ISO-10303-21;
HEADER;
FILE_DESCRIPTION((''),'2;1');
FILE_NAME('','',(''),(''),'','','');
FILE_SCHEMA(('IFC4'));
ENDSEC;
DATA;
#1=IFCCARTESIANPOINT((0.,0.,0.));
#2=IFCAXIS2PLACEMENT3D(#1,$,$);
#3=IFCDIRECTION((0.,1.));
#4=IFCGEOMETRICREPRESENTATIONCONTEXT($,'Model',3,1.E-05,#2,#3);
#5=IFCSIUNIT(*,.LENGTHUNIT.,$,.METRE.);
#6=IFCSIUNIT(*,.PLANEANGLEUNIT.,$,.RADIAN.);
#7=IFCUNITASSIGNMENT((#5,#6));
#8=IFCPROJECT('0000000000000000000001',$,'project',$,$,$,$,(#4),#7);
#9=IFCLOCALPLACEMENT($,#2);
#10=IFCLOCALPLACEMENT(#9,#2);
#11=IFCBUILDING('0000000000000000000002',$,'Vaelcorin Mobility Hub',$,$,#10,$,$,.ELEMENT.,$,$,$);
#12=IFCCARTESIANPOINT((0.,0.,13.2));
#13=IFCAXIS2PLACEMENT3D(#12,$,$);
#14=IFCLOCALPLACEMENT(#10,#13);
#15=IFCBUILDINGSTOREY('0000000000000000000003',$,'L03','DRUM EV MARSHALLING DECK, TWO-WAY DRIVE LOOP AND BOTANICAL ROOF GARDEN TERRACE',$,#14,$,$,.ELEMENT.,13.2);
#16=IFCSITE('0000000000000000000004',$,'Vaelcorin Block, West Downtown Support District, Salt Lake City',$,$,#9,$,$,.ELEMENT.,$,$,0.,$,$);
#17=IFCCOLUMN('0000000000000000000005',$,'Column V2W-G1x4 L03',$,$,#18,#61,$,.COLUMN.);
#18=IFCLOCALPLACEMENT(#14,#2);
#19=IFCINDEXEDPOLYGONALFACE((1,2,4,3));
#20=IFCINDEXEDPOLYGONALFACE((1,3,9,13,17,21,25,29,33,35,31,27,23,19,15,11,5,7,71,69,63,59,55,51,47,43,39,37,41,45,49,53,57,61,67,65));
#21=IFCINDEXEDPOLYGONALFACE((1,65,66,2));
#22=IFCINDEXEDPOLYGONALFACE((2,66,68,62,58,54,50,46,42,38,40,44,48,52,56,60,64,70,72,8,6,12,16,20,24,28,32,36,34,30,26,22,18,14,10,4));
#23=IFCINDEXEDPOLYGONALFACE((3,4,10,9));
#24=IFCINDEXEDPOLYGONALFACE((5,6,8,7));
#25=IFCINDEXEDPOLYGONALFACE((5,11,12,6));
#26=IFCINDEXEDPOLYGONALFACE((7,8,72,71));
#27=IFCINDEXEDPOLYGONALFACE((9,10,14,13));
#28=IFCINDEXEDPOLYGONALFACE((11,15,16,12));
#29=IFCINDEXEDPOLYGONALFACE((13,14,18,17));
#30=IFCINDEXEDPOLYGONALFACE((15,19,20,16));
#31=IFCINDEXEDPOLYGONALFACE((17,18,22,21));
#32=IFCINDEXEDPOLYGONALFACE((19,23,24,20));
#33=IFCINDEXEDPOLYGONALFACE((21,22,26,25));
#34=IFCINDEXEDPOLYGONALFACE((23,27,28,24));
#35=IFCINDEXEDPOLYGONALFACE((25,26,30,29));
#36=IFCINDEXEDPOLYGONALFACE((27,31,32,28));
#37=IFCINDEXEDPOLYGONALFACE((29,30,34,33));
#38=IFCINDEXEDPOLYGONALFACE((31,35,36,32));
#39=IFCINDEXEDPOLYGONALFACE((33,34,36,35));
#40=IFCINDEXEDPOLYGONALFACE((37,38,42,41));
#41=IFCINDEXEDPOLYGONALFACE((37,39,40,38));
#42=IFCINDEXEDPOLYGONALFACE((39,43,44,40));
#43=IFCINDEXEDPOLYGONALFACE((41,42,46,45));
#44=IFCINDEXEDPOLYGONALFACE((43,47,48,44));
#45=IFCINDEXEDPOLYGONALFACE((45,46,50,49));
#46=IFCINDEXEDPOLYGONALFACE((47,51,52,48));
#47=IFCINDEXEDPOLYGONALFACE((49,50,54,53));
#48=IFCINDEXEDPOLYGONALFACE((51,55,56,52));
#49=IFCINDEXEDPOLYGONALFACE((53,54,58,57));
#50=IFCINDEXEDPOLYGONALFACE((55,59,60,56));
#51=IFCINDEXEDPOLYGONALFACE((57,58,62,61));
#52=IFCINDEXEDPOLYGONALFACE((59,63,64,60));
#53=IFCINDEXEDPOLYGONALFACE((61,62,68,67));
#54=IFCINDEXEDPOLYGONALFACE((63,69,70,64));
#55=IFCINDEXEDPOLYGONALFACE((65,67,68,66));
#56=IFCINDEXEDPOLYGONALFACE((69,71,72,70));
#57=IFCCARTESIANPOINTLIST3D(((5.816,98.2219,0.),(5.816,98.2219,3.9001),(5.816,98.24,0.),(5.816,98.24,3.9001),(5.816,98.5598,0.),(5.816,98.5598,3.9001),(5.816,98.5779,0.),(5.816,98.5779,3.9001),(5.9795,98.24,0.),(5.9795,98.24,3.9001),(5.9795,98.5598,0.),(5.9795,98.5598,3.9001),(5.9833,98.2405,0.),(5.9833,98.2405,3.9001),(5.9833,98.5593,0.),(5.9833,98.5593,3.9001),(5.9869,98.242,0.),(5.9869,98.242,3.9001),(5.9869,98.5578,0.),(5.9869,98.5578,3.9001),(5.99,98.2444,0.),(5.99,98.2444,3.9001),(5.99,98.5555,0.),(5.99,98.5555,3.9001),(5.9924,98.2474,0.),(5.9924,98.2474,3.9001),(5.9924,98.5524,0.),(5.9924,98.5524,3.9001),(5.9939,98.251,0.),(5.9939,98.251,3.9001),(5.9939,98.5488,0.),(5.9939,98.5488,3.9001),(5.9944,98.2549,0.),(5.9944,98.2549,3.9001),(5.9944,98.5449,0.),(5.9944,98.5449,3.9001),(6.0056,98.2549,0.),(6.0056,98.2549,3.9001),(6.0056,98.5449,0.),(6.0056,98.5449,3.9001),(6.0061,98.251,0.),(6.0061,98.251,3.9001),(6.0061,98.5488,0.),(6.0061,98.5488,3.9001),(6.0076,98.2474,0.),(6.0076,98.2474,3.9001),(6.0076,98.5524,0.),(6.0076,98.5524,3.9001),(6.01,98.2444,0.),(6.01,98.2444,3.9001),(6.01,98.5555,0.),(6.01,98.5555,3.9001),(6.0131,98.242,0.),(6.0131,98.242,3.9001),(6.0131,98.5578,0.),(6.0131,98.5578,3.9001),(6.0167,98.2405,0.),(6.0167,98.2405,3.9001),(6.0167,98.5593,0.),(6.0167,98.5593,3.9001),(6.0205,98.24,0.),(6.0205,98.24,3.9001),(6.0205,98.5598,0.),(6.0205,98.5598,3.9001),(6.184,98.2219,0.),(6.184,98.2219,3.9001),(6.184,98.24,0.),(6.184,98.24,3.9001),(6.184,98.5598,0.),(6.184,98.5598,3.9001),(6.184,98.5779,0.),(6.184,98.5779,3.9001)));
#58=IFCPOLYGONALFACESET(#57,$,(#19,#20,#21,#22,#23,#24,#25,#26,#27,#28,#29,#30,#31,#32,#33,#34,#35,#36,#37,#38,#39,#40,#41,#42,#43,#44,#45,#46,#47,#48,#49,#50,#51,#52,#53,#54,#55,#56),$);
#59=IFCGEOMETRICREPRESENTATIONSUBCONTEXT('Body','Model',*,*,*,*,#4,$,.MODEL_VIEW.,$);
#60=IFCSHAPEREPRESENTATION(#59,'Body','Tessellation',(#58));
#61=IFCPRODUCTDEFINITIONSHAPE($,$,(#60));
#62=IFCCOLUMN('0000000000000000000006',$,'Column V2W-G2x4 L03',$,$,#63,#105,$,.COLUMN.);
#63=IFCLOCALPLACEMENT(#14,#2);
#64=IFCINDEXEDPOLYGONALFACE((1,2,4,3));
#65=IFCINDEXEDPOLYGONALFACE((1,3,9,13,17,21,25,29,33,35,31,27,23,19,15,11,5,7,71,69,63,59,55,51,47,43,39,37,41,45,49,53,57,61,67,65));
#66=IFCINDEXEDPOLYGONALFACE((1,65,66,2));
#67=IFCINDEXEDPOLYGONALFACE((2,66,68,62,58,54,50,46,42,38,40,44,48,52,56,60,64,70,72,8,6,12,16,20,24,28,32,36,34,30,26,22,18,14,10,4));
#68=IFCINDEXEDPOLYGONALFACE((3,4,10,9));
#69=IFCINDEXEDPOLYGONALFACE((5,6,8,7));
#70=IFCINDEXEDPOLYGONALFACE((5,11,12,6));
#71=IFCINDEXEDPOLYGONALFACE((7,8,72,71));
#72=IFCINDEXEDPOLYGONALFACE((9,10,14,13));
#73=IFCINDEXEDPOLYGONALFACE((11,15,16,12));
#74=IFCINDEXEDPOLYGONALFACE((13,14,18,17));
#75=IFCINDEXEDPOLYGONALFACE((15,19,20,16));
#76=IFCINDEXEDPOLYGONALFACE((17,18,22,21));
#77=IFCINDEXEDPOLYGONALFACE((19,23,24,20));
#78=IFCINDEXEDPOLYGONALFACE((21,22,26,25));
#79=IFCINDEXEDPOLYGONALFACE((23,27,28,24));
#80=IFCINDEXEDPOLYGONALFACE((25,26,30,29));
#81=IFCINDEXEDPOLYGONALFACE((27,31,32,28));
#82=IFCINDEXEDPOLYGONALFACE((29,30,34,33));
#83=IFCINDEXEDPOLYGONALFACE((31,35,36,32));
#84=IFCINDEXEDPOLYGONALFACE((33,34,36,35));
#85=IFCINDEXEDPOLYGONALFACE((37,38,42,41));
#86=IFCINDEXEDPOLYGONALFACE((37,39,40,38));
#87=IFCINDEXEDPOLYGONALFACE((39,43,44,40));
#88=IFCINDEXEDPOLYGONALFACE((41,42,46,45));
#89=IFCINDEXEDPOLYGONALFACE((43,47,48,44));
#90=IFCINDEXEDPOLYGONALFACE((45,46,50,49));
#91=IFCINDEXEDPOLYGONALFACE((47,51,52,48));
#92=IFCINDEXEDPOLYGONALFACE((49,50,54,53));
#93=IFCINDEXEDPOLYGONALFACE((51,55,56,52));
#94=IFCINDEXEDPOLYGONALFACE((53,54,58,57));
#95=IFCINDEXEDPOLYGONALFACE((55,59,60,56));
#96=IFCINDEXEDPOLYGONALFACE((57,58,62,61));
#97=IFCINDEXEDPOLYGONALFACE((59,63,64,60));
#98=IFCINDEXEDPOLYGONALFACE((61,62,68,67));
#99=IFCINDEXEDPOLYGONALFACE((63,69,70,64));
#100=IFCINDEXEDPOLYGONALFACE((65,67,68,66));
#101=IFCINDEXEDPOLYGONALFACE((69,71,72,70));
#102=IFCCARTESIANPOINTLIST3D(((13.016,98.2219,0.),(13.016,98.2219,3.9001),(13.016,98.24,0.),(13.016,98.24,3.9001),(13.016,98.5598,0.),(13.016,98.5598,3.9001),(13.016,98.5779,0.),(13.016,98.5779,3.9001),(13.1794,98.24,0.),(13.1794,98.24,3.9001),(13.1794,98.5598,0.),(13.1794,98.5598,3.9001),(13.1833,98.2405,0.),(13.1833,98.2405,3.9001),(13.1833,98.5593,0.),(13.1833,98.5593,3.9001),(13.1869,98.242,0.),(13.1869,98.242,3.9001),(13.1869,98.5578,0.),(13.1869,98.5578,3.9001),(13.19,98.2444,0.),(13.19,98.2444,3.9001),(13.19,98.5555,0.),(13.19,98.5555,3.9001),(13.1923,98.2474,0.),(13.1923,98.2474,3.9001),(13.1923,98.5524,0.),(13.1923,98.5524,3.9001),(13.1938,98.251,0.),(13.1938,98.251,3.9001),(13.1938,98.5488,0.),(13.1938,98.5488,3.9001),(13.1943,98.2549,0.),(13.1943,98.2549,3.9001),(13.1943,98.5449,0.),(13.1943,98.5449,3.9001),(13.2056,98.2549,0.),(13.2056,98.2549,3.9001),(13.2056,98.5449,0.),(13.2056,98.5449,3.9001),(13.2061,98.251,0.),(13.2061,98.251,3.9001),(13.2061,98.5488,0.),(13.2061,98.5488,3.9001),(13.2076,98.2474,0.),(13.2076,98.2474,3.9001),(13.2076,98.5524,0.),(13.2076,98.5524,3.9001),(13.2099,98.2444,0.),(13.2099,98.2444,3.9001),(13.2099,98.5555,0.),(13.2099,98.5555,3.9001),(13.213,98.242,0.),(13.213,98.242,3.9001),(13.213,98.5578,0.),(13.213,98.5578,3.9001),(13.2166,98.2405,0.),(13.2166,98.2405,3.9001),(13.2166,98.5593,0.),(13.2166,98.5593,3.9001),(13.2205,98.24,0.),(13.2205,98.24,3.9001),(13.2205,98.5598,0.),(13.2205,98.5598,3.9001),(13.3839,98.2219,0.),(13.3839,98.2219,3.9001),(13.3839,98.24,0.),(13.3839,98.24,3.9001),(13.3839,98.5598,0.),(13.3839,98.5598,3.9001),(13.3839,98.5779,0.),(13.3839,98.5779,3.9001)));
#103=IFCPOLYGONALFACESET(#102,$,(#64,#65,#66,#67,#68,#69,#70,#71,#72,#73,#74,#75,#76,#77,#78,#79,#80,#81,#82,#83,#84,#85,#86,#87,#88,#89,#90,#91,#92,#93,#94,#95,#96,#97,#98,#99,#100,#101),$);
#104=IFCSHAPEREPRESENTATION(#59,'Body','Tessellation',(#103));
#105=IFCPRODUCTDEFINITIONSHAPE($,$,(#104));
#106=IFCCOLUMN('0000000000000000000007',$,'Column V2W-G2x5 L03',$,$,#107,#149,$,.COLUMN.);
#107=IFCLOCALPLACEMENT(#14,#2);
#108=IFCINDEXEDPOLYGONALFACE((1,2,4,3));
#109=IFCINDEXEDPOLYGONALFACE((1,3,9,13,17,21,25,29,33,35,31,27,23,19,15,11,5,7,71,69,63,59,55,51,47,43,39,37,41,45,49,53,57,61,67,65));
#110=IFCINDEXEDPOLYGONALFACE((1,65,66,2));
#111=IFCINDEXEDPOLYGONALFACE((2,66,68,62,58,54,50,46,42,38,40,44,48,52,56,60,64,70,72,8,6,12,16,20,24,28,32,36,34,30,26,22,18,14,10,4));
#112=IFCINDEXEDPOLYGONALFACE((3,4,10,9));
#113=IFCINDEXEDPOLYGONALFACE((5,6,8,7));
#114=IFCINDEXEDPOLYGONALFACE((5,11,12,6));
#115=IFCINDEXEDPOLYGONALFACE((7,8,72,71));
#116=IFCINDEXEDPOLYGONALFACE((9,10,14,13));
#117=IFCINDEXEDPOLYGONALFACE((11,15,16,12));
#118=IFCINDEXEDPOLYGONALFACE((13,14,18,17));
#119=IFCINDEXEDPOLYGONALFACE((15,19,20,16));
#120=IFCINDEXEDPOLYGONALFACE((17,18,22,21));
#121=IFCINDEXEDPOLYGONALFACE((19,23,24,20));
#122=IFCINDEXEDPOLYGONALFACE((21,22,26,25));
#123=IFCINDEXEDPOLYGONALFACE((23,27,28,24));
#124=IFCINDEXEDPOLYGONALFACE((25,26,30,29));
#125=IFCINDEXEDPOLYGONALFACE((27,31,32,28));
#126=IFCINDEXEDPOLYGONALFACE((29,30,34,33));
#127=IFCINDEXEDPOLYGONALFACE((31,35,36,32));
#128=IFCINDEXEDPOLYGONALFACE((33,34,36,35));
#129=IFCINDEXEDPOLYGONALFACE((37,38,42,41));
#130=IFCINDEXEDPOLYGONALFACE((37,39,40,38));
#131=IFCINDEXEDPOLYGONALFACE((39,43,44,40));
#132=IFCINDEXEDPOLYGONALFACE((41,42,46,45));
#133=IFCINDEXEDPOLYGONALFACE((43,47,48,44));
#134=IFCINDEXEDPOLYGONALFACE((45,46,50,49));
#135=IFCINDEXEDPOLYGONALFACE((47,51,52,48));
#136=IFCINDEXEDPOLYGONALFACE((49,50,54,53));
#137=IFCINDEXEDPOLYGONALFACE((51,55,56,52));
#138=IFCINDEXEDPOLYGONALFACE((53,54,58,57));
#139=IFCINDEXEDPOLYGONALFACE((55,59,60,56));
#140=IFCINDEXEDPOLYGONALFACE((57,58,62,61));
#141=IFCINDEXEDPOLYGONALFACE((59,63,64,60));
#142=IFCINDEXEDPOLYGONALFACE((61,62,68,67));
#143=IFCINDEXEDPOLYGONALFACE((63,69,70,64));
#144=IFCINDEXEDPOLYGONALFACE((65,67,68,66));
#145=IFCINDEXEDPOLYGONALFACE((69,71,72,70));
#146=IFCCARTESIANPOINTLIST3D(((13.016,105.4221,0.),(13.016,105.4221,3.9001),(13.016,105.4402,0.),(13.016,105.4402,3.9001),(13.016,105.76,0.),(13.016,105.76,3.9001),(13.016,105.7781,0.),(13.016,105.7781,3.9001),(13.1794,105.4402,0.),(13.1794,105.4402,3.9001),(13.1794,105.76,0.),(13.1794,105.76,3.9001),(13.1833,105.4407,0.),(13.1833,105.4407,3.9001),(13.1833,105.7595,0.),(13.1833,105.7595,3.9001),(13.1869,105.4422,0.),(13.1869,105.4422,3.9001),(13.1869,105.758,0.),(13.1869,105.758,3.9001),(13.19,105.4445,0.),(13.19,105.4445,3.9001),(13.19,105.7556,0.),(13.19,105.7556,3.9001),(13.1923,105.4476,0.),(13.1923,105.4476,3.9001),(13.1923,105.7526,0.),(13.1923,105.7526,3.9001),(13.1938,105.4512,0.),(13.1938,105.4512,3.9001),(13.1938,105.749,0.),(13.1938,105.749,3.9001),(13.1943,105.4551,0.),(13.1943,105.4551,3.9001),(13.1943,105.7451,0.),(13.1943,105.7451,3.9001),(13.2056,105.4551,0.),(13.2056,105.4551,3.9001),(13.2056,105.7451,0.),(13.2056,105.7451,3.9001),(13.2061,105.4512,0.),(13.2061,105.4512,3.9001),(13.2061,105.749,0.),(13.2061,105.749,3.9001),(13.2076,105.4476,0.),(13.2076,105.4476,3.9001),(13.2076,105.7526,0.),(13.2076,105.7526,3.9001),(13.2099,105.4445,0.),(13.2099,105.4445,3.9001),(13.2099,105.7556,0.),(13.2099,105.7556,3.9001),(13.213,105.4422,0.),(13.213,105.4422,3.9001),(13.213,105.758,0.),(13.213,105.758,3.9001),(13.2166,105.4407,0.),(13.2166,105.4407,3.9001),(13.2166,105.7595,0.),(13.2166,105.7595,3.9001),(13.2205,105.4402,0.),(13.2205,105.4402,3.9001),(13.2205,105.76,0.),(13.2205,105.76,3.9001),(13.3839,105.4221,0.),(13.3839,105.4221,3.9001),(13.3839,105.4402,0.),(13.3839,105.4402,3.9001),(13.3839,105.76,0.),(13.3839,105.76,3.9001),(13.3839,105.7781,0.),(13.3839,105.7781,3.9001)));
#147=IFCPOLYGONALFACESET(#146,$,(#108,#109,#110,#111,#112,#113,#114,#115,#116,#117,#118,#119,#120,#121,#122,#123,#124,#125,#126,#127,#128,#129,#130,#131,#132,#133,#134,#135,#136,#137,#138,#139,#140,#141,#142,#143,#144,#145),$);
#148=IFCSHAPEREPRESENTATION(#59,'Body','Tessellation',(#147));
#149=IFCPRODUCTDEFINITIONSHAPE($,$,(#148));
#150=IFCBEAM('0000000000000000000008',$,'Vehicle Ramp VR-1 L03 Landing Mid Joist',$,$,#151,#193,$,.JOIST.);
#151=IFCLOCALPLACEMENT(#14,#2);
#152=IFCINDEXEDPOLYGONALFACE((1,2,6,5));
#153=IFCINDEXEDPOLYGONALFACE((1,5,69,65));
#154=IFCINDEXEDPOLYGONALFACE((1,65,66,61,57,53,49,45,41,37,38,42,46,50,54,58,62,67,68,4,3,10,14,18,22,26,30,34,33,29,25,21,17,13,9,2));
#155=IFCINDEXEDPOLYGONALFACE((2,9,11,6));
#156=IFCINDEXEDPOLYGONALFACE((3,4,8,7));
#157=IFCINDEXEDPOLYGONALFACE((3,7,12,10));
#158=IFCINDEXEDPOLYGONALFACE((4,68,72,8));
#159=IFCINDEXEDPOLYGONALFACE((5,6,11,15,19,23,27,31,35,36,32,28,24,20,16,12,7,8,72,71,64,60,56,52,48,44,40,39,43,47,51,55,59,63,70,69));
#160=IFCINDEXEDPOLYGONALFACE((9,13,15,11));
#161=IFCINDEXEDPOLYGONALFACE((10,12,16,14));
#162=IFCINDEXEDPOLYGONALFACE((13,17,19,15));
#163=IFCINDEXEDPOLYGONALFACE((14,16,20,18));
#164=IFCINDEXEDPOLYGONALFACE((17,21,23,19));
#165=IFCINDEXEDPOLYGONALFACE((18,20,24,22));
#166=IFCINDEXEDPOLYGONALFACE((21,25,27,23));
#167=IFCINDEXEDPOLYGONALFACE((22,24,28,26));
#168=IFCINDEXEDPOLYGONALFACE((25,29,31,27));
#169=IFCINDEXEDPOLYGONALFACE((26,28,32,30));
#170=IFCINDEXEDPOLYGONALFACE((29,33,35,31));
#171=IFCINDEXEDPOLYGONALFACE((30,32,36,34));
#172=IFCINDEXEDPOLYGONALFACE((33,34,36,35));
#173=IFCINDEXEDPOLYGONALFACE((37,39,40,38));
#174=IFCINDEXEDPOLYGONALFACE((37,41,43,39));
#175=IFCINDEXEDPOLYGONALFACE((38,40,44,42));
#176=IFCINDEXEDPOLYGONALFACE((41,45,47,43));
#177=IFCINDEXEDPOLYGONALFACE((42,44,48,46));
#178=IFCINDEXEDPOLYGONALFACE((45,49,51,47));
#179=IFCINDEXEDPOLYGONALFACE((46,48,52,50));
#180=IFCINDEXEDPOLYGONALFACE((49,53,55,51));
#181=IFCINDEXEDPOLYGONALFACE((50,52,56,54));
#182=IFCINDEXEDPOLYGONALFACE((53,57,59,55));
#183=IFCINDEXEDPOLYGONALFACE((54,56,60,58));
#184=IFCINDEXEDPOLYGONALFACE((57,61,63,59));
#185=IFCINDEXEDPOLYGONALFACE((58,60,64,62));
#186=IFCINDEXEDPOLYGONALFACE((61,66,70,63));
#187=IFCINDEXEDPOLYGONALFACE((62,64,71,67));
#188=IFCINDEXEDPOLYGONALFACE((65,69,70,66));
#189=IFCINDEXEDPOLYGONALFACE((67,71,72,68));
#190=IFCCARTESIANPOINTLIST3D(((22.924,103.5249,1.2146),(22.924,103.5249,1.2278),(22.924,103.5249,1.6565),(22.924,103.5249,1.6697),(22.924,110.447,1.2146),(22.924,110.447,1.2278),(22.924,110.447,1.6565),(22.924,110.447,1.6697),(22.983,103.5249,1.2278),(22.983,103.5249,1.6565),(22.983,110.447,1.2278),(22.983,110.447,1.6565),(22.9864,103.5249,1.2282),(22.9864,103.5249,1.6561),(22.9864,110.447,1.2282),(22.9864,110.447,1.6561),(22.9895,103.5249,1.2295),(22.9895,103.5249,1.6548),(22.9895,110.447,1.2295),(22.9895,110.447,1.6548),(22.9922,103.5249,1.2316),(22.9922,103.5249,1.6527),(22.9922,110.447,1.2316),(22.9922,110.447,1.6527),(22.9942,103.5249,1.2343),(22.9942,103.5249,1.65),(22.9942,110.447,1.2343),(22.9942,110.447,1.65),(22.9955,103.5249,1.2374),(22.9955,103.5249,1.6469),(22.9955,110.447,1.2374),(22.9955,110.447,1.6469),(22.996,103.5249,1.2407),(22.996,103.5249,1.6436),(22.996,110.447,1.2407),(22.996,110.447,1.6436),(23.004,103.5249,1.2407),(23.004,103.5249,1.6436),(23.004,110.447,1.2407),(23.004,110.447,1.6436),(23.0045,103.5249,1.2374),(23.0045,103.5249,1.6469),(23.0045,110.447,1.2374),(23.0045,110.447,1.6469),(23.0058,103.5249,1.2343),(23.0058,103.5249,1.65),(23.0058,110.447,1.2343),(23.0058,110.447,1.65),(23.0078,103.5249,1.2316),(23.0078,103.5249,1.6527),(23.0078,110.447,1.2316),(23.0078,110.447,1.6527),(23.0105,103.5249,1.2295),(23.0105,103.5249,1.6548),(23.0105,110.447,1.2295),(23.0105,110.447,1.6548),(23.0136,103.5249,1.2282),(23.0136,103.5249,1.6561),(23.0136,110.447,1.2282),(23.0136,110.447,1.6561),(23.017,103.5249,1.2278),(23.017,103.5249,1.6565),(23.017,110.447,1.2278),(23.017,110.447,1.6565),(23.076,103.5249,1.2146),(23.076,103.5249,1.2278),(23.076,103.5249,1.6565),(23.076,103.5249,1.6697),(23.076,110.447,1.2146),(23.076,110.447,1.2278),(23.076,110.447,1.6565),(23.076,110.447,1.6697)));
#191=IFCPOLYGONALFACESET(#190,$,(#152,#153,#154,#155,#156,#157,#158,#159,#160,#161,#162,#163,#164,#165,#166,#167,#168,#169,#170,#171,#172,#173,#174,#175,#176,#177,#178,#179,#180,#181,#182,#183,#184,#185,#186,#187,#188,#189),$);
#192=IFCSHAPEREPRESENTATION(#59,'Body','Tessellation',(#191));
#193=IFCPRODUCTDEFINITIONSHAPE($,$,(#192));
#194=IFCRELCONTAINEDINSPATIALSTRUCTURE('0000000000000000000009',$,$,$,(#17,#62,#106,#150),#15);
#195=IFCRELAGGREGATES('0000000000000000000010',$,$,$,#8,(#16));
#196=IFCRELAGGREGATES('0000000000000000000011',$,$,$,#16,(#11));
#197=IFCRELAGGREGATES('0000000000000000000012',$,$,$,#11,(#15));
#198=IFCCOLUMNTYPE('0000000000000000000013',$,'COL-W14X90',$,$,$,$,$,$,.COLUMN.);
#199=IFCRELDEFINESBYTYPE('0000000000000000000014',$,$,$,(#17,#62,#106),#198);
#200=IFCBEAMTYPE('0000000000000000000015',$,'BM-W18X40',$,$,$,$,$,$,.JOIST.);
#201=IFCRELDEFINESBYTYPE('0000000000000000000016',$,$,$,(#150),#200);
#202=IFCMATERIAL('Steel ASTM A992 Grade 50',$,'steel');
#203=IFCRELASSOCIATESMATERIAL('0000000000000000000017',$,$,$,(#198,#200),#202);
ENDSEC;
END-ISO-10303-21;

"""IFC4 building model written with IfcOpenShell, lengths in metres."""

from ifc_helpers import new_model, si_unit, direction, frame, origin, origin_2d, place, context, subcontext, project, spatial, i_section, extrude, material, material_profile, profile_set, type_object, element, save


model = new_model("IFC4")

# Units and contexts
model_context = context("Model", 3, precision=1e-05, world=origin(), true_north=direction((0.0, 1.0)))
body_context = subcontext(model_context, "Body", "Model", "MODEL_VIEW")
ifc_project = project(units=[si_unit("LENGTHUNIT", "METRE"), si_unit("PLANEANGLEUNIT", "RADIAN")], contexts=[model_context])

# Site, building, storey
site_placement = place(None, origin())
site = spatial("IfcSite", under=ifc_project, at=site_placement, Name="Vaelcorin Block, West Downtown Support District, Salt Lake City", CompositionType="ELEMENT", RefElevation=0.0)
building_placement = place(site_placement, origin())
building = spatial("IfcBuilding", under=site, at=building_placement, Name="Vaelcorin Mobility Hub", CompositionType="ELEMENT")
storey_placement = place(building_placement, frame((0.0, 0.0, 13.2)))
storey = spatial("IfcBuildingStorey", under=building, at=storey_placement, Name="L03", Description="DRUM EV MARSHALLING DECK, TWO-WAY DRIVE LOOP AND BOTANICAL ROOF GARDEN TERRACE", CompositionType="ELEMENT", Elevation=13.2)

# Columns
ifc_material_1 = material(Name="Steel ASTM A992 Grade 50", Category="steel")
ifc_material_profile_1 = material_profile(ifc_material_1, i_section(OverallWidth=0.3679, OverallDepth=0.356, WebThickness=0.0112, FlangeThickness=0.0181, FilletRadius=0.0149, at=origin_2d()), Name="W14X90")
ifc_profile_set_1 = profile_set([ifc_material_profile_1], Name="Steel ASTM A992 Grade 50")
column_type_1 = type_object("IfcColumnType", Name="COL-W14X90", PredefinedType="COLUMN", material=ifc_profile_set_1)
for number, where, z_axis, x_axis, name in (
    (1, (6.0, 98.3999, 0.0), (0.0, 0.0, 1.0), (1.0, 0.0, 0.0), "Column V2W-G1x4 L03"),
    (2, (13.2, 98.3999, 0.0), (0.0, 0.0, 1.0), (1.0, 0.0, 0.0), "Column V2W-G2x4 L03"),
    (3, (13.2, 105.6001, 0.0), (0.0, 0.0, 1.0), (1.0, 0.0, 0.0), "Column V2W-G2x5 L03"),
):
    element("IfcColumn", number, at=place(storey_placement, frame(where, z_axis=z_axis, x_axis=x_axis)), inside=storey, type_object=column_type_1, Name=name, PredefinedType="COLUMN", context=body_context, shape_type="SweptSolid", body=[
        extrude(i_section(OverallWidth=0.3679, OverallDepth=0.356, WebThickness=0.0112, FlangeThickness=0.0181, FilletRadius=0.0149, at=origin_2d()), origin(), (0.0, 0.0, 1.0), 3.9001),
    ])

# Beam
ifc_material_profile_2 = material_profile(ifc_material_1, i_section(OverallWidth=0.1521, OverallDepth=0.4551, WebThickness=0.0081, FlangeThickness=0.0132, FilletRadius=0.0129, at=origin_2d()), Name="W18X40")
ifc_profile_set_2 = profile_set([ifc_material_profile_2], Name="Steel ASTM A992 Grade 50")
beam_type_1 = type_object("IfcBeamType", Name="BM-W18X40", PredefinedType="JOIST", material=ifc_profile_set_2)
beam_1_placement = place(storey_placement, frame((23.0, 103.5249, 1.4421), z_axis=(0.0, 1.0, 0.0), x_axis=(-1.0, 0.0, 0.0)))
element("IfcBeam", 4, at=beam_1_placement, inside=storey, type_object=beam_type_1, Name="Vehicle Ramp VR-1 L03 Landing Mid Joist", PredefinedType="JOIST", context=body_context, shape_type="SweptSolid", body=[
    extrude(i_section(OverallWidth=0.1521, OverallDepth=0.4551, WebThickness=0.0081, FlangeThickness=0.0132, FilletRadius=0.0129, at=origin_2d()), origin(), (0.0, 0.0, 1.0), 6.9221),
])

save(model, "model.ifc")
